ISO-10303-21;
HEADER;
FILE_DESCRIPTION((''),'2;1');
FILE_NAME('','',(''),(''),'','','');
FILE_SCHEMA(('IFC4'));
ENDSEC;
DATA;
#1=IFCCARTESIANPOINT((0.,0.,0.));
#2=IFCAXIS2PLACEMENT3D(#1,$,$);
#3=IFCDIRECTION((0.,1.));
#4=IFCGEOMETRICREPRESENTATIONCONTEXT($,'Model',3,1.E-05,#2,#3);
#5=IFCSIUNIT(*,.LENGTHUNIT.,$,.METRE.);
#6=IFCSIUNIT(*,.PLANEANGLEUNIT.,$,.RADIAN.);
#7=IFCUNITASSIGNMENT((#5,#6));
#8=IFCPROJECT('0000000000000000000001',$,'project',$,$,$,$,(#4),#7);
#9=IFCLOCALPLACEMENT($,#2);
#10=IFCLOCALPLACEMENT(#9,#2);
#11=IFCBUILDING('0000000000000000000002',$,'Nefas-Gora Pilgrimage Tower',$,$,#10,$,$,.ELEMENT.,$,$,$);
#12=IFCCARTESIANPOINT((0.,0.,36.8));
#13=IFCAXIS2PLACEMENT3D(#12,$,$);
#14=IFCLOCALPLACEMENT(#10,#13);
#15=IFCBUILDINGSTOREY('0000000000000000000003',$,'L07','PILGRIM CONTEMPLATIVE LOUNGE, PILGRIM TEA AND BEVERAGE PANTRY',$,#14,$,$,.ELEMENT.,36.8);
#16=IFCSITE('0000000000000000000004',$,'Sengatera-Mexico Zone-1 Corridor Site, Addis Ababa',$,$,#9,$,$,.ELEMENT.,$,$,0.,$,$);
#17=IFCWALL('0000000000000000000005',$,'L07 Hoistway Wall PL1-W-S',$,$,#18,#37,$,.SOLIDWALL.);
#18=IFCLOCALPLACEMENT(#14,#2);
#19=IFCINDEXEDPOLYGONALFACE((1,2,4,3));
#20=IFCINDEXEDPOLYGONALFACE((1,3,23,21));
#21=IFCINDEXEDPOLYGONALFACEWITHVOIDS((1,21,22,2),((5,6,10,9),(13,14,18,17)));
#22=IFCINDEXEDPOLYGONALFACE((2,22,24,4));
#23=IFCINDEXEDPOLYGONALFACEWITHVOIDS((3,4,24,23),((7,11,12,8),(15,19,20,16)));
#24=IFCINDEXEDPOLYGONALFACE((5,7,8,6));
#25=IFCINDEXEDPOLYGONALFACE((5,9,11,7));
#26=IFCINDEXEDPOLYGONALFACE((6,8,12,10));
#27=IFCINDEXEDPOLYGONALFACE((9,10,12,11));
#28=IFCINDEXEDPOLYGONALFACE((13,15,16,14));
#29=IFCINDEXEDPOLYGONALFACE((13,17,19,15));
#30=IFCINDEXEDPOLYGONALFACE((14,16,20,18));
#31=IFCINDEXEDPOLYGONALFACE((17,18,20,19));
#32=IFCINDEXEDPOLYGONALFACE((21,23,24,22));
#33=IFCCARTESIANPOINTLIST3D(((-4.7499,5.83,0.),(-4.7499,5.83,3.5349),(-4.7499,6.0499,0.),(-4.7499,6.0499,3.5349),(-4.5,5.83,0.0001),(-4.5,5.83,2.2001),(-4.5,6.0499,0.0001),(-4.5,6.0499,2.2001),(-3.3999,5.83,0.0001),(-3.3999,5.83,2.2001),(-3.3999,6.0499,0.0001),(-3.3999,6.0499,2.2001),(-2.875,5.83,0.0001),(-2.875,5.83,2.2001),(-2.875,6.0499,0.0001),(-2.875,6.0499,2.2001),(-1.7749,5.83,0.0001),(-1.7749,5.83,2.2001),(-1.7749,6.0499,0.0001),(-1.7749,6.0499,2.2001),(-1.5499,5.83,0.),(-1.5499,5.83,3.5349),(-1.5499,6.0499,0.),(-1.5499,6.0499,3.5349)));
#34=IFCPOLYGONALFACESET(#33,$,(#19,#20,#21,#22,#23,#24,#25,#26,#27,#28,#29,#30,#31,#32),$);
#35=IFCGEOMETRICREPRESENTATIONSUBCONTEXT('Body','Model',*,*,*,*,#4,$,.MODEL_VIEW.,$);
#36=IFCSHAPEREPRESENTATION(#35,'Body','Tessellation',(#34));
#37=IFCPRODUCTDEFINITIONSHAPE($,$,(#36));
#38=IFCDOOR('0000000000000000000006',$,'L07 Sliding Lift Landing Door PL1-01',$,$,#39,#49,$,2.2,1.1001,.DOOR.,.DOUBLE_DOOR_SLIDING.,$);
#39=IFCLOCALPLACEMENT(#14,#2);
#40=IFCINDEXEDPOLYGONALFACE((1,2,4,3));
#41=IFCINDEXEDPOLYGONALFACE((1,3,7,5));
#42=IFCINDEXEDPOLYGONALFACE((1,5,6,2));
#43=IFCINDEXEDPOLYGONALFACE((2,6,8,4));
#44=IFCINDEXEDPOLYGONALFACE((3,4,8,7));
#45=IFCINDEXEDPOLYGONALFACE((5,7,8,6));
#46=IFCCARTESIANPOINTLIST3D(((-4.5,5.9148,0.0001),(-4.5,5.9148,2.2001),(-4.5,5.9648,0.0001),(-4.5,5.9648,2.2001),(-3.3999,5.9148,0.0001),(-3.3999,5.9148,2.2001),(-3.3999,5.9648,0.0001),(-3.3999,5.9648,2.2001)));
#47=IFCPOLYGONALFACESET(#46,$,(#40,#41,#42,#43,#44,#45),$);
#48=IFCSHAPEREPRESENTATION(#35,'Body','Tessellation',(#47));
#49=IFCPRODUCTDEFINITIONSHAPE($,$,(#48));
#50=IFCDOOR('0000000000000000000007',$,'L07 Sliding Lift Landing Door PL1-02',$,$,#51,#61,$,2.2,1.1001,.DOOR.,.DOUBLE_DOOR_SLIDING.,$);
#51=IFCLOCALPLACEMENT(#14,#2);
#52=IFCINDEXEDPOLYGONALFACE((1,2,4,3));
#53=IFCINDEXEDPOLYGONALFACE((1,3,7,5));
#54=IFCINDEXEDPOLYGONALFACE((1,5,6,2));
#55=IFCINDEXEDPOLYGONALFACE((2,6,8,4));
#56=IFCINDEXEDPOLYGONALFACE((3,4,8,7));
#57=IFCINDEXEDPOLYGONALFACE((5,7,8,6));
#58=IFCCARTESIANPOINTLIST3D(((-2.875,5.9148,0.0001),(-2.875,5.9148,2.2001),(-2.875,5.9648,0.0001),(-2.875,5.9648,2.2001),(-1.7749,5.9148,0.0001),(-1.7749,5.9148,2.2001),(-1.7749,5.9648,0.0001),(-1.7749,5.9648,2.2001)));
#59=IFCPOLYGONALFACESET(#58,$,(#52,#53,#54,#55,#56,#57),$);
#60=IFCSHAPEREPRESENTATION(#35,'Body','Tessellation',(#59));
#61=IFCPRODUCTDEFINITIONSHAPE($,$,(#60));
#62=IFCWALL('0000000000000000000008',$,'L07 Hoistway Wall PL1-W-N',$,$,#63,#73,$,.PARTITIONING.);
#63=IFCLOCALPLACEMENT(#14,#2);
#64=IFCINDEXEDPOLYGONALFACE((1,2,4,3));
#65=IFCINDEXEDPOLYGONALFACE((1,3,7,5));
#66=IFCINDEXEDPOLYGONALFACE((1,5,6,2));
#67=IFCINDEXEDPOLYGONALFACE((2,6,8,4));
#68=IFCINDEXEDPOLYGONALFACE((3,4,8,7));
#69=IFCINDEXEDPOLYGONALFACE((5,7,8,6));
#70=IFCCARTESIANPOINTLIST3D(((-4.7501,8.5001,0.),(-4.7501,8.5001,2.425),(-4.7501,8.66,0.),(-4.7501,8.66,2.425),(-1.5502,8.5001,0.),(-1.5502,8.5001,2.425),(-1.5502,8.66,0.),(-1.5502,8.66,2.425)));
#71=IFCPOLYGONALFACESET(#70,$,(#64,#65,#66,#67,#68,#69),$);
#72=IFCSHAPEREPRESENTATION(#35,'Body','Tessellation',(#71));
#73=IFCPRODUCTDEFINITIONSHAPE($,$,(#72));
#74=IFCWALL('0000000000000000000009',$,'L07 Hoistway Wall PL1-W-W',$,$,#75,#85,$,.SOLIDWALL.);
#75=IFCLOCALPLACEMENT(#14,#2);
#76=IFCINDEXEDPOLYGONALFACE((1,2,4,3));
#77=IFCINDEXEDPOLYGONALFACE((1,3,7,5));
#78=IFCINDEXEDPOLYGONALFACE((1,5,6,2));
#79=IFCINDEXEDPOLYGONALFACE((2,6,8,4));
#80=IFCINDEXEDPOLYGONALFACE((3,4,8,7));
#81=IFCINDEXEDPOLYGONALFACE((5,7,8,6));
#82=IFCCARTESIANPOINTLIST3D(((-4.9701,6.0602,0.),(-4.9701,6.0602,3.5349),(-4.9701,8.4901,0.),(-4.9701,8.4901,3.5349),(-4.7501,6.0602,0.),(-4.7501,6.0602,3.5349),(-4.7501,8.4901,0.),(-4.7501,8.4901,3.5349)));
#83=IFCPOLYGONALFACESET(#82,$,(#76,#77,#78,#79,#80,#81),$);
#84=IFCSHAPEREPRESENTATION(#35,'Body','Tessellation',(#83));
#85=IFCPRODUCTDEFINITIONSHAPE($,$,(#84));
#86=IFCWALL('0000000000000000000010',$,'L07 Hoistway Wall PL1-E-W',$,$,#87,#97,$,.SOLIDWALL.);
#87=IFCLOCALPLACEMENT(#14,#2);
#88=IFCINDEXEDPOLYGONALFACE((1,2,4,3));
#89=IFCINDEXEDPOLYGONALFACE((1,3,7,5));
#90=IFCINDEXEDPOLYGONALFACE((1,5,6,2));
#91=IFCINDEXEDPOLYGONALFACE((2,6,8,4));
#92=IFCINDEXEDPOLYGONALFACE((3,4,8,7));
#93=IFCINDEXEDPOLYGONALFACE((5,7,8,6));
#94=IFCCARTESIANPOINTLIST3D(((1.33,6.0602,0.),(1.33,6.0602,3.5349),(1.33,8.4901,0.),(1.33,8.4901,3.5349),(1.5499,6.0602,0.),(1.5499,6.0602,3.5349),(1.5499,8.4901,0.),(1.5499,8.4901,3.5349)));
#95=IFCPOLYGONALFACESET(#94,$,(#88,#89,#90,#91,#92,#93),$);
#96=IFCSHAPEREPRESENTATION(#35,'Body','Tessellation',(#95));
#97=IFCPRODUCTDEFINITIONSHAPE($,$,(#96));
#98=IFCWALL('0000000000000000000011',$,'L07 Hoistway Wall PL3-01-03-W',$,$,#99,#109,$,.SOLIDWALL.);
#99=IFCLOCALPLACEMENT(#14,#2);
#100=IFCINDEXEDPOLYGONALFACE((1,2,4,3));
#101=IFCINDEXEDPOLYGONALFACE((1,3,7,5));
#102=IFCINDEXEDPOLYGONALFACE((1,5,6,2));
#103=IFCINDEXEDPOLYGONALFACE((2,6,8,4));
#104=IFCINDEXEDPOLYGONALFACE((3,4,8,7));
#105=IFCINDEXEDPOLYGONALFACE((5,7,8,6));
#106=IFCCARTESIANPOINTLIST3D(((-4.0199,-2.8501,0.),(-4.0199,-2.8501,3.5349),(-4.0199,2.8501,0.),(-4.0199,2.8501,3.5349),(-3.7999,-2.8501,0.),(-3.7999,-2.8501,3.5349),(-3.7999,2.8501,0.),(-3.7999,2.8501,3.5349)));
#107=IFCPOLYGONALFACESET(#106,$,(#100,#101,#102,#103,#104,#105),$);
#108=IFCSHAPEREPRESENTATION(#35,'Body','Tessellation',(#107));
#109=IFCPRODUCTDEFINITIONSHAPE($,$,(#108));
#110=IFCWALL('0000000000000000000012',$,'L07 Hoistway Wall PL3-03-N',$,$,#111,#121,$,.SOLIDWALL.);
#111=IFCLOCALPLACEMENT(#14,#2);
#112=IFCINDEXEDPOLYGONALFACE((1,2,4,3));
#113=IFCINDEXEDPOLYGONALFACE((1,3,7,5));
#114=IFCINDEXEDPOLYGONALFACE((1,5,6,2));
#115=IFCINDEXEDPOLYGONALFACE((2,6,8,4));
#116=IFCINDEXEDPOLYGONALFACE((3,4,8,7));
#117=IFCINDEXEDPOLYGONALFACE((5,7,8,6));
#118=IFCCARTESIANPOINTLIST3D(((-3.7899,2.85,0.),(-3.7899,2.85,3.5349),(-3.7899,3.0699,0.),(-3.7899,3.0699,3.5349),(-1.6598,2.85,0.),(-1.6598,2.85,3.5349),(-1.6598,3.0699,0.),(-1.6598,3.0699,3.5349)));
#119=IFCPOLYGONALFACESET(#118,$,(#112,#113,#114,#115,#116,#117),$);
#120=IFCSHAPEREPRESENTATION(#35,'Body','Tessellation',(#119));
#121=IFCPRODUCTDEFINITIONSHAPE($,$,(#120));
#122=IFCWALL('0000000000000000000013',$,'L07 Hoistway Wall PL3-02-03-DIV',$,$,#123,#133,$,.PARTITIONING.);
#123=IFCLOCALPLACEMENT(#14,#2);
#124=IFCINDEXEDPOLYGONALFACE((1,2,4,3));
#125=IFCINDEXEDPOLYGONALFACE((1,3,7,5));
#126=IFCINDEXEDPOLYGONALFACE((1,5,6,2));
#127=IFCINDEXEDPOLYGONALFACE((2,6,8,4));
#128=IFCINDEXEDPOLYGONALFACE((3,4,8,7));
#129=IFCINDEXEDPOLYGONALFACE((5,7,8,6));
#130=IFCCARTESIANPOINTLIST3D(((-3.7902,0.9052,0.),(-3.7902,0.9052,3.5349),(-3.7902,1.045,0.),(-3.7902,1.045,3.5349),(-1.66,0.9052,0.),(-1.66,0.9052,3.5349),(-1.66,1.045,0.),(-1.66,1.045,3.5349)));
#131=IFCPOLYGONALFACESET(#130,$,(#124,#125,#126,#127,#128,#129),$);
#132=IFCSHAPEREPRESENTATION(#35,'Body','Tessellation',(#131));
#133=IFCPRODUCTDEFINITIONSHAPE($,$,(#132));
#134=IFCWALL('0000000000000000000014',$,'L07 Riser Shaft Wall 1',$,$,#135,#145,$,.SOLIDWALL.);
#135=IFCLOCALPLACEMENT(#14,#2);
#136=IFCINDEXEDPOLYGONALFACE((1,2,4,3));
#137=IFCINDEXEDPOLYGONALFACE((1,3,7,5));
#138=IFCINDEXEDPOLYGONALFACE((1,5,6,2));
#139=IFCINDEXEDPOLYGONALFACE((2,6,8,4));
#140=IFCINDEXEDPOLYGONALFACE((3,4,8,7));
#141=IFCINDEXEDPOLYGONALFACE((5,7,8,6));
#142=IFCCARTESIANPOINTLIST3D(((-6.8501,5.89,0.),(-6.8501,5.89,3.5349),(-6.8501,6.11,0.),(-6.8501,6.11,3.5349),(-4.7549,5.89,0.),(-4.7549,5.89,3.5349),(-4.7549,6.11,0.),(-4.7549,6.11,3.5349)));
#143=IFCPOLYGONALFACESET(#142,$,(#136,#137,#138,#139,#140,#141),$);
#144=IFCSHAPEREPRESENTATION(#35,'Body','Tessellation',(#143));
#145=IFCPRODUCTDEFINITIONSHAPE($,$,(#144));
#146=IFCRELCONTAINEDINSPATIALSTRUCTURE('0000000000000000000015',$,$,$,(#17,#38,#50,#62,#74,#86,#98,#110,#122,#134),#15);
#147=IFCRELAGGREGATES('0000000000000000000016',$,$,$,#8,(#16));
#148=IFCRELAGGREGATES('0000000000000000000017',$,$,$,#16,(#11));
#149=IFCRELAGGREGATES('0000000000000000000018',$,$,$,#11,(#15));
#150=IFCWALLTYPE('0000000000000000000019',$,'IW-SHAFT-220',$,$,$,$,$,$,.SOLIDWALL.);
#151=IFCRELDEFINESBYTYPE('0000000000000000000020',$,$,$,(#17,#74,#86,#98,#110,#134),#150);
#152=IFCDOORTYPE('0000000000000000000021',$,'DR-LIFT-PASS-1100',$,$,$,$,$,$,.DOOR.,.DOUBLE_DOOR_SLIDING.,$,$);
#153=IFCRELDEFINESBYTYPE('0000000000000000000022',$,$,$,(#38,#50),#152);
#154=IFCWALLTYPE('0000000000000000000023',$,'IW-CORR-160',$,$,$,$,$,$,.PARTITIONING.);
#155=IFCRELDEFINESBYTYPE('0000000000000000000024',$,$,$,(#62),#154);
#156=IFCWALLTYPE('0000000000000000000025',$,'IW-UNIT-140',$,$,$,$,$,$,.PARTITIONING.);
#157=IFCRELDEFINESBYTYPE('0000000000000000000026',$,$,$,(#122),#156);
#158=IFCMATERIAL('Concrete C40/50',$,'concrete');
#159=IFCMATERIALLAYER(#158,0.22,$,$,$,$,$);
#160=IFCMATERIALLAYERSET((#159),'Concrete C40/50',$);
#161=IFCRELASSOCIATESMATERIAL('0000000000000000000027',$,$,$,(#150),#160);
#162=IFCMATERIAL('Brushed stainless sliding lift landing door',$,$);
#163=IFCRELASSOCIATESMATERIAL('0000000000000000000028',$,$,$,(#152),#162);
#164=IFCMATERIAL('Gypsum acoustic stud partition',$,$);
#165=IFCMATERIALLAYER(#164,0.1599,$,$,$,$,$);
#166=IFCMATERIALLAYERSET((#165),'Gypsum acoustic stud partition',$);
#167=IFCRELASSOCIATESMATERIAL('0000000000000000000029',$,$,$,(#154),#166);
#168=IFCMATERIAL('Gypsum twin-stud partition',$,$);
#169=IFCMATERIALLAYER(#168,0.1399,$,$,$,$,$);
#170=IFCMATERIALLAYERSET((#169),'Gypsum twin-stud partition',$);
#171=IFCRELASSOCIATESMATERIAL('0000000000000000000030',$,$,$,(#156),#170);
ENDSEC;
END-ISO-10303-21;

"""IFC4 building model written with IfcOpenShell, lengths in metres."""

from ifc_helpers import new_model, si_unit, direction, frame, frame_2d, origin, place, context, subcontext, project, spatial, rectangle, extrude, source, transform, mapped, material, layer, layer_set, type_object, element, fill, save


model = new_model("IFC4")

# Units and contexts
model_context = context("Model", 3, precision=1e-05, world=origin(), true_north=direction((0.0, 1.0)))
body_context = subcontext(model_context, "Body", "Model", "MODEL_VIEW")
ifc_project = project(units=[si_unit("LENGTHUNIT", "METRE"), si_unit("PLANEANGLEUNIT", "RADIAN")], contexts=[model_context])

# Site, building, storey
site_placement = place(None, origin())
site = spatial("IfcSite", under=ifc_project, at=site_placement, Name="Sengatera-Mexico Zone-1 Corridor Site, Addis Ababa", CompositionType="ELEMENT", RefElevation=0.0)
building_placement = place(site_placement, origin())
building = spatial("IfcBuilding", under=site, at=building_placement, Name="Nefas-Gora Pilgrimage Tower", CompositionType="ELEMENT")
storey_placement = place(building_placement, frame((0.0, 0.0, 36.8)))
storey = spatial("IfcBuildingStorey", under=building, at=storey_placement, Name="L07", Description="PILGRIM CONTEMPLATIVE LOUNGE, PILGRIM TEA AND BEVERAGE PANTRY", CompositionType="ELEMENT", Elevation=36.8)

# Shared definitions
ifc_material_1 = material(Name="Concrete C40/50", Category="concrete")

# Shared definitions
ifc_layer_1 = layer(ifc_material_1, 0.22)
ifc_layer_set_1 = layer_set([ifc_layer_1], Name="Concrete C40/50")
wall_type_1 = type_object("IfcWallType", Name="IW-SHAFT-220", PredefinedType="SOLIDWALL", material=ifc_layer_set_1)

# Wall, openings, doors
shared_shape_1 = source(origin(), body_context, "Body", "SweptSolid", [
    extrude(rectangle(XDim=3.2, YDim=0.22, at=frame_2d((1.6001, 0.0))), origin(), (0.0, 0.0, 1.0), 3.5349),
])
wall_1_placement = place(storey_placement, frame((-4.75, 5.9399, 0.0), z_axis=(0.0, 0.0, 1.0), x_axis=(1.0, 0.0, 0.0)))
wall_1 = element("IfcWall", 1, at=wall_1_placement, inside=storey, type_object=wall_type_1, Name="L07 Hoistway Wall PL1-W-S", PredefinedType="SOLIDWALL", context=body_context, shape_type="MappedRepresentation", body=[
    mapped(shared_shape_1, transform((0.0, 0.0, 0.0), x_axis=(1.0, 0.0, 0.0), y_axis=(0.0, 1.0, 0.0), z_axis=(0.0, 0.0, 1.0), scale=1.0)),
])
opening_1_placement = place(wall_1_placement, frame((0.25, 0.0, 0.0)))
opening_1 = element("IfcOpeningElement", 2, at=opening_1_placement, cuts=wall_1, PredefinedType="OPENING", context=body_context, shape_type="SweptSolid", body=[
    extrude(rectangle(XDim=1.1001, YDim=2.2, at=frame_2d((0.55, 1.1001))), frame((0.0, 0.1199, 0.0), z_axis=(0.0, -1.0, 0.0), x_axis=(1.0, 0.0, 0.0)), (0.0, 0.0, 1.0), 0.24),
])
opening_2_placement = place(wall_1_placement, frame((1.875, 0.0, 0.0)))
opening_2 = element("IfcOpeningElement", 3, at=opening_2_placement, cuts=wall_1, PredefinedType="OPENING", context=body_context, shape_type="SweptSolid", body=[
    extrude(rectangle(XDim=1.1001, YDim=2.2, at=frame_2d((0.55, 1.1001))), frame((0.0, 0.1199, 0.0), z_axis=(0.0, -1.0, 0.0), x_axis=(1.0, 0.0, 0.0)), (0.0, 0.0, 1.0), 0.24),
])
ifc_material_2 = material(Name="Brushed stainless sliding lift landing door")
door_type_1 = type_object("IfcDoorType", Name="DR-LIFT-PASS-1100", OperationType="DOUBLE_DOOR_SLIDING", PredefinedType="DOOR", material=ifc_material_2)
shared_shape_2 = source(origin(), body_context, "Body", "SweptSolid", [
    extrude(rectangle(XDim=1.1001, YDim=2.2, at=frame_2d((0.55, 1.1001))), frame((0.0, 0.0249, 0.0), z_axis=(0.0, -1.0, 0.0), x_axis=(1.0, 0.0, 0.0)), (0.0, 0.0, 1.0), 0.05),
])
door_1_placement = place(opening_1_placement, origin())
door_1 = element("IfcDoor", 4, at=door_1_placement, inside=storey, type_object=door_type_1, Name="L07 Sliding Lift Landing Door PL1-01", OperationType="DOUBLE_DOOR_SLIDING", OverallHeight=2.2, OverallWidth=1.1001, PredefinedType="DOOR", context=body_context, shape_type="MappedRepresentation", body=[
    mapped(shared_shape_2, transform((0.0, 0.0, 0.0), x_axis=(1.0, 0.0, 0.0), y_axis=(0.0, 1.0, 0.0), z_axis=(0.0, 0.0, 1.0), scale=1.0)),
])
fill(opening_1, door_1)
door_2_placement = place(opening_2_placement, origin())
door_2 = element("IfcDoor", 5, at=door_2_placement, inside=storey, type_object=door_type_1, Name="L07 Sliding Lift Landing Door PL1-02", OperationType="DOUBLE_DOOR_SLIDING", OverallHeight=2.2, OverallWidth=1.1001, PredefinedType="DOOR", context=body_context, shape_type="MappedRepresentation", body=[
    mapped(shared_shape_2, transform((0.0, 0.0, 0.0), x_axis=(1.0, 0.0, 0.0), y_axis=(0.0, 1.0, 0.0), z_axis=(0.0, 0.0, 1.0), scale=1.0)),
])
fill(opening_2, door_2)

# Walls
ifc_material_3 = material(Name="Gypsum acoustic stud partition")
ifc_layer_2 = layer(ifc_material_3, 0.1599)
ifc_layer_set_2 = layer_set([ifc_layer_2], Name="Gypsum acoustic stud partition")
wall_type_2 = type_object("IfcWallType", Name="IW-CORR-160", PredefinedType="PARTITIONING", material=ifc_layer_set_2)
shared_shape_3 = source(origin(), body_context, "Body", "SweptSolid", [
    extrude(rectangle(XDim=3.2, YDim=0.1599, at=frame_2d((1.6001, 0.0))), origin(), (0.0, 0.0, 1.0), 2.425),
])
wall_2_placement = place(storey_placement, frame((-1.55, 8.5801, 0.0), z_axis=(0.0, 0.0, 1.0), x_axis=(-1.0, 0.0, 0.0)))
element("IfcWall", 6, at=wall_2_placement, inside=storey, type_object=wall_type_2, Name="L07 Hoistway Wall PL1-W-N", PredefinedType="PARTITIONING", context=body_context, shape_type="MappedRepresentation", body=[
    mapped(shared_shape_3, transform((0.0, 0.0, 0.0), x_axis=(1.0, 0.0, 0.0), y_axis=(0.0, 1.0, 0.0), z_axis=(0.0, 0.0, 1.0), scale=1.0)),
])
shared_shape_4 = source(origin(), body_context, "Body", "SweptSolid", [
    extrude(rectangle(XDim=2.4299, YDim=0.22, at=frame_2d((1.2148, 0.0))), origin(), (0.0, 0.0, 1.0), 3.5349),
])
for number, where, z_axis, x_axis, name in (
    (7, (-4.8601, 8.49, 0.0), (0.0, 0.0, 1.0), (0.0, -1.0, 0.0), "L07 Hoistway Wall PL1-W-W"),
    (8, (1.4399, 8.49, 0.0), (0.0, 0.0, 1.0), (0.0, -1.0, 0.0), "L07 Hoistway Wall PL1-E-W"),
):
    element("IfcWall", number, at=place(storey_placement, frame(where, z_axis=z_axis, x_axis=x_axis)), inside=storey, type_object=wall_type_1, Name=name, PredefinedType="SOLIDWALL", context=body_context, shape_type="MappedRepresentation", body=[
        mapped(shared_shape_4, transform((0.0, 0.0, 0.0), x_axis=(1.0, 0.0, 0.0), y_axis=(0.0, 1.0, 0.0), z_axis=(0.0, 0.0, 1.0), scale=1.0)),
    ])
ifc_material_4 = material(Name="Gypsum twin-stud partition")
ifc_layer_3 = layer(ifc_material_4, 0.1399)
ifc_layer_set_3 = layer_set([ifc_layer_3], Name="Gypsum twin-stud partition")
wall_type_3 = type_object("IfcWallType", Name="IW-UNIT-140", PredefinedType="PARTITIONING", material=ifc_layer_set_3)
shared_shape_5 = source(origin(), body_context, "Body", "SweptSolid", [
    extrude(rectangle(XDim=5.7002, YDim=0.22, at=frame_2d((2.8501, 0.0))), origin(), (0.0, 0.0, 1.0), 3.5349),
])
wall_3_placement = place(storey_placement, frame((-3.9099, 2.8501, 0.0), z_axis=(0.0, 0.0, 1.0), x_axis=(0.0, -1.0, 0.0)))
element("IfcWall", 9, at=wall_3_placement, inside=storey, type_object=wall_type_1, Name="L07 Hoistway Wall PL3-01-03-W", PredefinedType="SOLIDWALL", context=body_context, shape_type="MappedRepresentation", body=[
    mapped(shared_shape_5, transform((0.0, 0.0, 0.0), x_axis=(1.0, 0.0, 0.0), y_axis=(0.0, 1.0, 0.0), z_axis=(0.0, 0.0, 1.0), scale=1.0)),
])
shared_shape_6 = source(origin(), body_context, "Body", "SweptSolid", [
    extrude(rectangle(XDim=2.1301, YDim=0.22, at=frame_2d((1.0649, 0.0))), origin(), (0.0, 0.0, 1.0), 3.5349),
])
wall_4_placement = place(storey_placement, frame((-1.6599, 2.96, 0.0), z_axis=(0.0, 0.0, 1.0), x_axis=(-1.0, 0.0, 0.0)))
element("IfcWall", 10, at=wall_4_placement, inside=storey, type_object=wall_type_1, Name="L07 Hoistway Wall PL3-03-N", PredefinedType="SOLIDWALL", context=body_context, shape_type="MappedRepresentation", body=[
    mapped(shared_shape_6, transform((0.0, 0.0, 0.0), x_axis=(1.0, 0.0, 0.0), y_axis=(0.0, 1.0, 0.0), z_axis=(0.0, 0.0, 1.0), scale=1.0)),
])
shared_shape_7 = source(origin(), body_context, "Body", "SweptSolid", [
    extrude(rectangle(XDim=2.1301, YDim=0.1399, at=frame_2d((1.0649, 0.0))), origin(), (0.0, 0.0, 1.0), 3.5349),
])
wall_5_placement = place(storey_placement, frame((-3.79, 0.9751, 0.0), z_axis=(0.0, 0.0, 1.0), x_axis=(1.0, 0.0, 0.0)))
element("IfcWall", 11, at=wall_5_placement, inside=storey, type_object=wall_type_3, Name="L07 Hoistway Wall PL3-02-03-DIV", PredefinedType="PARTITIONING", context=body_context, shape_type="MappedRepresentation", body=[
    mapped(shared_shape_7, transform((0.0, 0.0, 0.0), x_axis=(1.0, 0.0, 0.0), y_axis=(0.0, 1.0, 0.0), z_axis=(0.0, 0.0, 1.0), scale=1.0)),
])
shared_shape_8 = source(origin(), body_context, "Body", "SweptSolid", [
    extrude(rectangle(XDim=2.0952, YDim=0.22, at=frame_2d((1.0476, 0.0))), origin(), (0.0, 0.0, 1.0), 3.5349),
])
wall_6_placement = place(storey_placement, frame((-6.8501, 6.0, 0.0), z_axis=(0.0, 0.0, 1.0), x_axis=(1.0, 0.0, 0.0)))
element("IfcWall", 12, at=wall_6_placement, inside=storey, type_object=wall_type_1, Name="L07 Riser Shaft Wall 1", PredefinedType="SOLIDWALL", context=body_context, shape_type="MappedRepresentation", body=[
    mapped(shared_shape_8, transform((0.0, 0.0, 0.0), x_axis=(1.0, 0.0, 0.0), y_axis=(0.0, 1.0, 0.0), z_axis=(0.0, 0.0, 1.0), scale=1.0)),
])

save(model, "model.ifc")
